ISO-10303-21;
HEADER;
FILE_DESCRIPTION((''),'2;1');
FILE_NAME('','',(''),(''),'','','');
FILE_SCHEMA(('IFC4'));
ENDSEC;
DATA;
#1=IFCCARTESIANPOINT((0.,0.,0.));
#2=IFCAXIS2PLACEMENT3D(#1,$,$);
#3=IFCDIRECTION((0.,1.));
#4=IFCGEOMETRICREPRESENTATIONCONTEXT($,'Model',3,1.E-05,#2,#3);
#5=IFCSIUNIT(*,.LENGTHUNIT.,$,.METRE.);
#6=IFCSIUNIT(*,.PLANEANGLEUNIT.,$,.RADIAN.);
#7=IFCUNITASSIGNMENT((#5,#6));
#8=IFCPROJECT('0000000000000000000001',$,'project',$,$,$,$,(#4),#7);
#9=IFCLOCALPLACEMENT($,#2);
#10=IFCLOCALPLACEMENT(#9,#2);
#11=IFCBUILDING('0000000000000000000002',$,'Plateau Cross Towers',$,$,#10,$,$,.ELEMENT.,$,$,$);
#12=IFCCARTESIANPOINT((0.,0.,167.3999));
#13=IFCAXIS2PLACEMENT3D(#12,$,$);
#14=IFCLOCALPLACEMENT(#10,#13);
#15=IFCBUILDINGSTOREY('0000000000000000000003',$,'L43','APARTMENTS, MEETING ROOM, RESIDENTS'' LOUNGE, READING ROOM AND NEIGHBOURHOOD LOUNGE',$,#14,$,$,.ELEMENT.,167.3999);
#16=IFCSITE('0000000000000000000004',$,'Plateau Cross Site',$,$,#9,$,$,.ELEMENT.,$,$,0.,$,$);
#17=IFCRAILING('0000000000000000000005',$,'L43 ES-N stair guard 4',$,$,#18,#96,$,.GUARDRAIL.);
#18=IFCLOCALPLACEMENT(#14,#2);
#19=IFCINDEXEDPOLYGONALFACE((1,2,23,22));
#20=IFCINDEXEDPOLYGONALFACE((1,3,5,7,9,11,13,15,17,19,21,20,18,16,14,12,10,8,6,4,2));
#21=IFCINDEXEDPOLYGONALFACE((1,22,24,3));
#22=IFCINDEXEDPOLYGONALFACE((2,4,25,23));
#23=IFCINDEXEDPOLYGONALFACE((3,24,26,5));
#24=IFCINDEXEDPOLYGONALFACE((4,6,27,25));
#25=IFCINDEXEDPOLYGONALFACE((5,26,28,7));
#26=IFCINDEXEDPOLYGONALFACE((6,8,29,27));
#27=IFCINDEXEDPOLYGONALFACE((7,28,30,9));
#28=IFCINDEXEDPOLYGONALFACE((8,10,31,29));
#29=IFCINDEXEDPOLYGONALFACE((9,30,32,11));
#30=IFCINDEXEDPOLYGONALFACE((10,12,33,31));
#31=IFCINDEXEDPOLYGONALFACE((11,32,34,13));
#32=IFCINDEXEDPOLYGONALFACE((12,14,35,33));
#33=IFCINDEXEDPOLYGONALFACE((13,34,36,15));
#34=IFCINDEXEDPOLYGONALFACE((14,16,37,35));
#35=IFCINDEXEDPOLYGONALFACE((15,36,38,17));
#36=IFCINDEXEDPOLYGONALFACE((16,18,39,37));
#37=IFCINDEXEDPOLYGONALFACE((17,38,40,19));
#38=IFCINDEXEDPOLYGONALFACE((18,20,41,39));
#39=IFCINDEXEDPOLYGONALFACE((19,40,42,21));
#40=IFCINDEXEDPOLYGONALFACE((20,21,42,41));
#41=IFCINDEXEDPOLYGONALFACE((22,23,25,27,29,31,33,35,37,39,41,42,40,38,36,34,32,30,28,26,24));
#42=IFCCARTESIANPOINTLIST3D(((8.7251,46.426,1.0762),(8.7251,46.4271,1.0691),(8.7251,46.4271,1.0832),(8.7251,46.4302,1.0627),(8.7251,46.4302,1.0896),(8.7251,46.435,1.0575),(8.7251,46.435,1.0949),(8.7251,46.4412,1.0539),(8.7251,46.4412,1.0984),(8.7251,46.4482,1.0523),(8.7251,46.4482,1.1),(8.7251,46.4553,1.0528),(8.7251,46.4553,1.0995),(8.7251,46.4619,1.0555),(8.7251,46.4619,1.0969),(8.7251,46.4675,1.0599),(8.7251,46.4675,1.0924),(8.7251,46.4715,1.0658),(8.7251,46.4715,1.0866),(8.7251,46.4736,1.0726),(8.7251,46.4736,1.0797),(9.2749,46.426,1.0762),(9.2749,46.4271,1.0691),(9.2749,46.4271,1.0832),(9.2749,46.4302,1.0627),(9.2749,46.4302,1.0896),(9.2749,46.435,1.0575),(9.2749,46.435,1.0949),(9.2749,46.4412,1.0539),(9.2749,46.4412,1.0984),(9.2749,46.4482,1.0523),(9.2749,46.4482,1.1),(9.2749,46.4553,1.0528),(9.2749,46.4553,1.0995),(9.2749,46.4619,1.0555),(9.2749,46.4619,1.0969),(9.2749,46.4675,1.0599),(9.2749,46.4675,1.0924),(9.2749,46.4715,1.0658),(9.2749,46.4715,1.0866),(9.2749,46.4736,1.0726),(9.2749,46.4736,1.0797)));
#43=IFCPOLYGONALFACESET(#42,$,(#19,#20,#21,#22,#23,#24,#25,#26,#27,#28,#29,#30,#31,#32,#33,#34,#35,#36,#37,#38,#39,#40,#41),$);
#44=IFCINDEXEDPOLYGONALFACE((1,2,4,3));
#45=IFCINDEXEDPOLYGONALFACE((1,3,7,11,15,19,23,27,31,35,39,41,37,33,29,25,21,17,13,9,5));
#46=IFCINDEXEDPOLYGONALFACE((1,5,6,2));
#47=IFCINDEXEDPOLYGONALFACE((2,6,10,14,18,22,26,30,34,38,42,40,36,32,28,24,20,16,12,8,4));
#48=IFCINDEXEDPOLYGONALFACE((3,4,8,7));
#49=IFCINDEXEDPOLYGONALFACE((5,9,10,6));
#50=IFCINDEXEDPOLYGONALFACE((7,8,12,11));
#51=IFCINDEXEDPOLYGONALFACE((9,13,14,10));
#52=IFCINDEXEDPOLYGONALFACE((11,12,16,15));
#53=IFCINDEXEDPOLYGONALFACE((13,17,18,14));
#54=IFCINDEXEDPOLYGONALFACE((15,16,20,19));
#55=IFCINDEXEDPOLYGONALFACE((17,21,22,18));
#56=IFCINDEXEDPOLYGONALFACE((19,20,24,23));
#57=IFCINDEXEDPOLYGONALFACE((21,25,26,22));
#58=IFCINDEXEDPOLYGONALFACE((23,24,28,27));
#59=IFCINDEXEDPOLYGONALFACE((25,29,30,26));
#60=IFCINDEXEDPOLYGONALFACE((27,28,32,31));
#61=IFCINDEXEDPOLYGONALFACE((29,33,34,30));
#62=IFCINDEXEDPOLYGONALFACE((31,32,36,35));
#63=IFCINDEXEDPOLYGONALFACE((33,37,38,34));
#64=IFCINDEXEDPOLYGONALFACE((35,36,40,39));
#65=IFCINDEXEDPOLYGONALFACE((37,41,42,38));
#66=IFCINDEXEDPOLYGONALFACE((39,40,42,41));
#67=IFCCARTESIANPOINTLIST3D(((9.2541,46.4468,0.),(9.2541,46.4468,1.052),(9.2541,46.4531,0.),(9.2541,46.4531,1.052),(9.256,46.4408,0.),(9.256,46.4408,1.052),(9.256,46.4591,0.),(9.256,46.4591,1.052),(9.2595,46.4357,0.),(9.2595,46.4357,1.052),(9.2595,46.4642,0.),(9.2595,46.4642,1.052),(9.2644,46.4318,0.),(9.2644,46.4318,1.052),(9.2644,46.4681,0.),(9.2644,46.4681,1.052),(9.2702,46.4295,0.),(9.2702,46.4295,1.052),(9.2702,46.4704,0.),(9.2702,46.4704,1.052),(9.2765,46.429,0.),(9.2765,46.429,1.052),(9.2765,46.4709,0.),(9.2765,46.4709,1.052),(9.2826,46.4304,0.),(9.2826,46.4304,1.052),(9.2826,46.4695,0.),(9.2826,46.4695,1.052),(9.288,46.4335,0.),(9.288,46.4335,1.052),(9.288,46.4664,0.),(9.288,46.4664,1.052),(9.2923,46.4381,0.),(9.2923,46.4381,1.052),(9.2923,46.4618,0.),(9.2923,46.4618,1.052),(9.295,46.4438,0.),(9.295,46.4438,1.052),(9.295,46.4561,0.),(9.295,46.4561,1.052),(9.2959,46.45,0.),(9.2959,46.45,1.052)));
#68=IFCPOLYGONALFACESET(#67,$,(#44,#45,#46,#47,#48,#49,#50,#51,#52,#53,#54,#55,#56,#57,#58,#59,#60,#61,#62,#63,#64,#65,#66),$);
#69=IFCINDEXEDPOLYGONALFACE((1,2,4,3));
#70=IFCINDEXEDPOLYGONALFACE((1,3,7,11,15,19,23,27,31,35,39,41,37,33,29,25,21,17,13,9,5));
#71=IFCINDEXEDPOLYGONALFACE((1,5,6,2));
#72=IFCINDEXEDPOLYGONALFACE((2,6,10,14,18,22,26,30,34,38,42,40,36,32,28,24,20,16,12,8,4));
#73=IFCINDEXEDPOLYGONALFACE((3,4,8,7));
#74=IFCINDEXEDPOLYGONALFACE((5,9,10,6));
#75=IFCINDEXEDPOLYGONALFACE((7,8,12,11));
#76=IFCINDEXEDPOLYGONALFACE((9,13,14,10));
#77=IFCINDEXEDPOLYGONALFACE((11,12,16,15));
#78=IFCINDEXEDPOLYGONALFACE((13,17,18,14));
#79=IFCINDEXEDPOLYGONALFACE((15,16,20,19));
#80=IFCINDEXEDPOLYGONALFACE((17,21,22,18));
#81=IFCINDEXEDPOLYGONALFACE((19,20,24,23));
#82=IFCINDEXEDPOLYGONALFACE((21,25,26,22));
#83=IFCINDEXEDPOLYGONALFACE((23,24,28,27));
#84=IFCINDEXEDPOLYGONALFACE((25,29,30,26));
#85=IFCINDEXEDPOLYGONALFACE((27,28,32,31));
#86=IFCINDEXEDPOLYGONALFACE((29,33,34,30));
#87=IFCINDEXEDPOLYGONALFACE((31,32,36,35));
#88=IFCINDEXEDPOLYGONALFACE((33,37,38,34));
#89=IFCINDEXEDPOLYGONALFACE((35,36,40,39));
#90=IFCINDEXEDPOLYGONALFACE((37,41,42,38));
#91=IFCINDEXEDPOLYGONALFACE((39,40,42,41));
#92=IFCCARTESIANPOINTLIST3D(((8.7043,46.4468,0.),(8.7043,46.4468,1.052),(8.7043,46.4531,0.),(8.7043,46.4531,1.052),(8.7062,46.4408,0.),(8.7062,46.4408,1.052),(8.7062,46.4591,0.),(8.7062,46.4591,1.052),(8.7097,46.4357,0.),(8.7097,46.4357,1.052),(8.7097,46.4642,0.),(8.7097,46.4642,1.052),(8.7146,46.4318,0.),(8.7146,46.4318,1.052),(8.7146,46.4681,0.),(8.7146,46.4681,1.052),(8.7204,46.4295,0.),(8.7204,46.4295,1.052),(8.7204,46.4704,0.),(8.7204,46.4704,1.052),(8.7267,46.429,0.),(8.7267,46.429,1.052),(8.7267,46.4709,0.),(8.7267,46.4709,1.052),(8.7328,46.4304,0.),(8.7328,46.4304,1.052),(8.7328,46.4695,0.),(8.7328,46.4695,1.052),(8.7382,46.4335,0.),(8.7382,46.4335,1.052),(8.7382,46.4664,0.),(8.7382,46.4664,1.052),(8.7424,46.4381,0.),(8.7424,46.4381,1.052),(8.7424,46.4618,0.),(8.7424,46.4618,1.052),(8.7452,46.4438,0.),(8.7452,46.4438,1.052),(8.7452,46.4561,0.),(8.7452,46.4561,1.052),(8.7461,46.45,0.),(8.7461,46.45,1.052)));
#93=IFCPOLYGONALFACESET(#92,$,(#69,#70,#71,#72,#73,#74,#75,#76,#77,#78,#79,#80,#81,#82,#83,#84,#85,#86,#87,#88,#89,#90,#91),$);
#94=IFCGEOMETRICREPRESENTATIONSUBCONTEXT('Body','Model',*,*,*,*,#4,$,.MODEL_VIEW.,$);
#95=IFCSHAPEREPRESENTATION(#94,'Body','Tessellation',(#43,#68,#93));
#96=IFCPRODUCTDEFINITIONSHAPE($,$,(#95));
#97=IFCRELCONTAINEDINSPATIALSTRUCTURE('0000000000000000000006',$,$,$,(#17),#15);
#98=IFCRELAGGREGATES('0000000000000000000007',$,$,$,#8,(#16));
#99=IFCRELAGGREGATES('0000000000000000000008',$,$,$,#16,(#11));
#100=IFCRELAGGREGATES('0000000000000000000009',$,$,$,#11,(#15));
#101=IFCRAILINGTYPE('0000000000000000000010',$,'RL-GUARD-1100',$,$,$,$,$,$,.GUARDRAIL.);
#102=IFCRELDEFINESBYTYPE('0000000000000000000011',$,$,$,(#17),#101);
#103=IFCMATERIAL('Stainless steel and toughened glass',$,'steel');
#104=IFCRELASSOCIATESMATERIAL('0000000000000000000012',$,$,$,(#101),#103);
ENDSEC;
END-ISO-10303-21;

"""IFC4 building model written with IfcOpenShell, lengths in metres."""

from ifc_helpers import new_model, si_unit, direction, frame, origin, origin_2d, place, context, subcontext, project, spatial, circle, extrude, material, type_object, element, save


model = new_model("IFC4")

# Units and contexts
model_context = context("Model", 3, precision=1e-05, world=origin(), true_north=direction((0.0, 1.0)))
body_context = subcontext(model_context, "Body", "Model", "MODEL_VIEW")
ifc_project = project(units=[si_unit("LENGTHUNIT", "METRE"), si_unit("PLANEANGLEUNIT", "RADIAN")], contexts=[model_context])

# Site, building, storey
site_placement = place(None, origin())
site = spatial("IfcSite", under=ifc_project, at=site_placement, Name="Plateau Cross Site", CompositionType="ELEMENT", RefElevation=0.0)
building_placement = place(site_placement, origin())
building = spatial("IfcBuilding", under=site, at=building_placement, Name="Plateau Cross Towers", CompositionType="ELEMENT")
storey_placement = place(building_placement, frame((0.0, 0.0, 167.3999)))
storey = spatial("IfcBuildingStorey", under=building, at=storey_placement, Name="L43", Description="APARTMENTS, MEETING ROOM, RESIDENTS' LOUNGE, READING ROOM AND NEIGHBOURHOOD LOUNGE", CompositionType="ELEMENT", Elevation=167.3999)

# Railing
ifc_material_1 = material(Name="Stainless steel and toughened glass", Category="steel")
railing_type_1 = type_object("IfcRailingType", Name="RL-GUARD-1100", PredefinedType="GUARDRAIL", material=ifc_material_1)
railing_1_placement = place(storey_placement, frame((9.2749, 46.45, 0.0)))
element("IfcRailing", 1, at=railing_1_placement, inside=storey, type_object=railing_type_1, Name="L43 ES-N stair guard 4", PredefinedType="GUARDRAIL", context=body_context, shape_type="SweptSolid", body=[
    extrude(circle(Radius=0.0239, at=origin_2d()), frame((0.0, 0.0, 1.0762), z_axis=(-1.0, 0.0, 0.0), x_axis=(0.0, -1.0, 0.0)), (0.0, 0.0, 1.0), 0.5498),
    extrude(circle(Radius=0.021, at=origin_2d()), origin(), (0.0, 0.0, 1.0), 1.052),
    extrude(circle(Radius=0.021, at=origin_2d()), frame((-0.5498, 0.0, 0.0)), (0.0, 0.0, 1.0), 1.052),
])

save(model, "model.ifc")
